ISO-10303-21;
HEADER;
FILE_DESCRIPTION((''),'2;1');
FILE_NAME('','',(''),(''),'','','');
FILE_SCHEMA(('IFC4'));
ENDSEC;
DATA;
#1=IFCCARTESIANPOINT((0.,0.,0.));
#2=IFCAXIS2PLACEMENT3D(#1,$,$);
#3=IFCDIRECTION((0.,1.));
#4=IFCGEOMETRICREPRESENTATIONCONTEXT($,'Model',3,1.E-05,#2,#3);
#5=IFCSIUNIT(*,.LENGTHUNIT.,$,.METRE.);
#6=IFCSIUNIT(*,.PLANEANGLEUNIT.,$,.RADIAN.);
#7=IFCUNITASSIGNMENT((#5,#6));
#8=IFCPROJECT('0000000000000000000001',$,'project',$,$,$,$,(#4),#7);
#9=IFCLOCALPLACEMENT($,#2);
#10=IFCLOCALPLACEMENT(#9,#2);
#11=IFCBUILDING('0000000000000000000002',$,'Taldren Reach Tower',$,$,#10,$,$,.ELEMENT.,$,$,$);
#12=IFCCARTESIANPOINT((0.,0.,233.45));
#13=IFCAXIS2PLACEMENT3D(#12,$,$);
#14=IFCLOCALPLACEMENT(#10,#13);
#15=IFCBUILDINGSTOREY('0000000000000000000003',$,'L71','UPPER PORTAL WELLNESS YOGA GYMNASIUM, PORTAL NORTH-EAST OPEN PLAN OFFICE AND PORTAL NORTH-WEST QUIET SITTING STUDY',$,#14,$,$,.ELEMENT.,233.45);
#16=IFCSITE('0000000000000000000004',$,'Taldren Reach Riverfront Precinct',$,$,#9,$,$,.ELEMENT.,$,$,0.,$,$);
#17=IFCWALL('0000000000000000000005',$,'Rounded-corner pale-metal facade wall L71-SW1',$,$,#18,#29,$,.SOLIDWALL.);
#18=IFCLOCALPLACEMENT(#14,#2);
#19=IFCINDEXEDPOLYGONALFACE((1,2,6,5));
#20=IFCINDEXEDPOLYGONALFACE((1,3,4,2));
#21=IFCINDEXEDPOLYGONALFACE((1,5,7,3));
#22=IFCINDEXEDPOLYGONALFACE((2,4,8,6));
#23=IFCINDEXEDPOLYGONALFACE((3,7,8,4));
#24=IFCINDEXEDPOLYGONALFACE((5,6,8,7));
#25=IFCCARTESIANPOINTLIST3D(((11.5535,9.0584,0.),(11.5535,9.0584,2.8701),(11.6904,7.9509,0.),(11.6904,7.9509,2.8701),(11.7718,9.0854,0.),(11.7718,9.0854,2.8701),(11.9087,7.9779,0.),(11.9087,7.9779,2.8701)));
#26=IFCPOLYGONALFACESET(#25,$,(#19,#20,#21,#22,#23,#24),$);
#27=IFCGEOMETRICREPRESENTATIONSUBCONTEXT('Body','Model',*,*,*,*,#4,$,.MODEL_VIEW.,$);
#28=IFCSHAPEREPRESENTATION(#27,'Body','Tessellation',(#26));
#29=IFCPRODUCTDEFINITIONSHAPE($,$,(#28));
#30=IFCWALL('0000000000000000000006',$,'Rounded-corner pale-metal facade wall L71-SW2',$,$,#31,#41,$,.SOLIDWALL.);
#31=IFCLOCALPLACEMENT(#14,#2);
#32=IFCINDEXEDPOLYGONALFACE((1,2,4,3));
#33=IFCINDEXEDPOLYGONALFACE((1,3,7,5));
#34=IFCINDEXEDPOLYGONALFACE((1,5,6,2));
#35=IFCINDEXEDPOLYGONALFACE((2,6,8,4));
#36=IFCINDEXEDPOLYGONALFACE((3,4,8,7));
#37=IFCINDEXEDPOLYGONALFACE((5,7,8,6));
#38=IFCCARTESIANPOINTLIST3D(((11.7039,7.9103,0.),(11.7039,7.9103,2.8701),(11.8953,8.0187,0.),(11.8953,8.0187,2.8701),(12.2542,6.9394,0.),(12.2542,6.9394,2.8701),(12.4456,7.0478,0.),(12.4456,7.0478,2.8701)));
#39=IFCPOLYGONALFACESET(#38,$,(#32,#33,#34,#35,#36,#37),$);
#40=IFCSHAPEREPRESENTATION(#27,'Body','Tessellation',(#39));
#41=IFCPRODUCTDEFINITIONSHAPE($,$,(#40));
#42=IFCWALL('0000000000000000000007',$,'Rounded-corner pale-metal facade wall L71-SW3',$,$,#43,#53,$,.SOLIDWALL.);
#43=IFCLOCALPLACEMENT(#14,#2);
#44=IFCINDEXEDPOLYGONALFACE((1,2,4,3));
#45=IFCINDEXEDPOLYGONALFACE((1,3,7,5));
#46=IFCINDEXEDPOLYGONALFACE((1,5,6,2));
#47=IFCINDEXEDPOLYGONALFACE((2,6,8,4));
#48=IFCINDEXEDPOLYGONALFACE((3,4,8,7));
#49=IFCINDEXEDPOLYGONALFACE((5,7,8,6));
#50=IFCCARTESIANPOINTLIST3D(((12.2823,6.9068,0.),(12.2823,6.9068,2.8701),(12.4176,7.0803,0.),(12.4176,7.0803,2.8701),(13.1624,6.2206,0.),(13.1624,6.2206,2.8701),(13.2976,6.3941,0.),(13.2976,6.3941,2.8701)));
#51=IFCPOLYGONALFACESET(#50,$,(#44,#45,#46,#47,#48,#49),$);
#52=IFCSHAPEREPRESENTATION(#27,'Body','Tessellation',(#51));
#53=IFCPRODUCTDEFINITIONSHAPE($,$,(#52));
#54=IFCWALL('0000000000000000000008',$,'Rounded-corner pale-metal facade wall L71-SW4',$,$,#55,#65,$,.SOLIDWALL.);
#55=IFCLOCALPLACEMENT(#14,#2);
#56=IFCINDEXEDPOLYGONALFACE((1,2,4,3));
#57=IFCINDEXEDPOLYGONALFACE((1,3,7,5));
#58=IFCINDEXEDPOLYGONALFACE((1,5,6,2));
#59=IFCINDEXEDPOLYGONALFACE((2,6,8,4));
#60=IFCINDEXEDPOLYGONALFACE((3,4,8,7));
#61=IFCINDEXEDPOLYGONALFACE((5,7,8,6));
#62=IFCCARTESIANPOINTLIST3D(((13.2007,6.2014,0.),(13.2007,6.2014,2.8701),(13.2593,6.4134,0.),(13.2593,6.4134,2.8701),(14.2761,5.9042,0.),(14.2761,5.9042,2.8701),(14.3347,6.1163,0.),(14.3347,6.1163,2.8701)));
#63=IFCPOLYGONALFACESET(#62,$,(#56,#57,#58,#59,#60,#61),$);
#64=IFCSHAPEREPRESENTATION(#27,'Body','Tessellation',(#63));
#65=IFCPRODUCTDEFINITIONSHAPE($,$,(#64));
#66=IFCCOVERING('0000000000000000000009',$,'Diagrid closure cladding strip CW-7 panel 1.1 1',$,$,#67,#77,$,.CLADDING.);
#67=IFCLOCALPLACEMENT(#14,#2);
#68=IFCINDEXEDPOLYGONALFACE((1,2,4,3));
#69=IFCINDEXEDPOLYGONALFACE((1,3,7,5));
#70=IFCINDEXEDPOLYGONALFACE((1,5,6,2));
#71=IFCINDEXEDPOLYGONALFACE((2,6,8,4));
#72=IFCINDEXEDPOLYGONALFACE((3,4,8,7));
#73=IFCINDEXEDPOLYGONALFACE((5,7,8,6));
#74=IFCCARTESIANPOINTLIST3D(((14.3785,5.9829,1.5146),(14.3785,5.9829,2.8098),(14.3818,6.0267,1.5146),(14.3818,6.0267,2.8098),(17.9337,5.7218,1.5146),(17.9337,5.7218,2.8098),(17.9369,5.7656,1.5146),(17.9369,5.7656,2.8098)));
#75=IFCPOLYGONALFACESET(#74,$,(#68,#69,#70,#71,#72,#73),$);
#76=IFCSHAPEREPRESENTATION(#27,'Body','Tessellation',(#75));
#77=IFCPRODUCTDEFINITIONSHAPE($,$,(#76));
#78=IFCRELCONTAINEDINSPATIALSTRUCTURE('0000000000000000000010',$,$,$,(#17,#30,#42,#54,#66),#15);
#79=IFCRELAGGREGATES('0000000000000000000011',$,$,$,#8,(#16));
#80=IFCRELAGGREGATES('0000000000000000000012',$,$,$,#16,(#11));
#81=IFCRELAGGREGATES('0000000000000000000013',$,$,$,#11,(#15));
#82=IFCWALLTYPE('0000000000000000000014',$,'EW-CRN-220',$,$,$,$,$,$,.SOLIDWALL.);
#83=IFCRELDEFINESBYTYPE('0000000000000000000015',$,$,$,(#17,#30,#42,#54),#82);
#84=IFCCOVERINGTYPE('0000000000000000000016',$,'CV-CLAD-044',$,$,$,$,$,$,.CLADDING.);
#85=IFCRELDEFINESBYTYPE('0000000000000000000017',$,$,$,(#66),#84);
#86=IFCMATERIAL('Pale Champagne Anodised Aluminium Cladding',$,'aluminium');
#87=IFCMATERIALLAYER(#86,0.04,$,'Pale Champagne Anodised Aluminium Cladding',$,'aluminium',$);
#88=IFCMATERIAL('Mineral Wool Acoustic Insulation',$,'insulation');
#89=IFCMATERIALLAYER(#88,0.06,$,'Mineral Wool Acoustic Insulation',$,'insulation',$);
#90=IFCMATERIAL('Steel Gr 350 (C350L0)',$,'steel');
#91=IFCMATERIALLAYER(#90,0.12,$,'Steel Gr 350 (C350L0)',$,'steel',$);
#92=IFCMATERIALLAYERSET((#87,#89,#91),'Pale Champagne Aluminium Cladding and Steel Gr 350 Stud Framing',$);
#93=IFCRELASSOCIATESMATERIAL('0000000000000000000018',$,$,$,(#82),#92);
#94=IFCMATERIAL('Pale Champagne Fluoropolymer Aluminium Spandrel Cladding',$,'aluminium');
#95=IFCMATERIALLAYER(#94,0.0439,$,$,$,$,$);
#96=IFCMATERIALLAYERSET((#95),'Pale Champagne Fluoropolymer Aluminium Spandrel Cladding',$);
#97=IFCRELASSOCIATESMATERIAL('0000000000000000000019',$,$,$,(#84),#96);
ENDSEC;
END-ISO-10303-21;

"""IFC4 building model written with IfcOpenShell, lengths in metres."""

from ifc_helpers import new_model, si_unit, direction, frame, frame_2d, origin, origin_2d, place, context, subcontext, project, spatial, rectangle, extrude, source, transform, mapped, material, layer, layer_set, type_object, element, save


model = new_model("IFC4")

# Units and contexts
model_context = context("Model", 3, precision=1e-05, world=origin(), true_north=direction((0.0, 1.0)))
body_context = subcontext(model_context, "Body", "Model", "MODEL_VIEW")
ifc_project = project(units=[si_unit("LENGTHUNIT", "METRE"), si_unit("PLANEANGLEUNIT", "RADIAN")], contexts=[model_context])

# Site, building, storey
site_placement = place(None, origin())
site = spatial("IfcSite", under=ifc_project, at=site_placement, Name="Taldren Reach Riverfront Precinct", CompositionType="ELEMENT", RefElevation=0.0)
building_placement = place(site_placement, origin())
building = spatial("IfcBuilding", under=site, at=building_placement, Name="Taldren Reach Tower", CompositionType="ELEMENT")
storey_placement = place(building_placement, frame((0.0, 0.0, 233.45)))
storey = spatial("IfcBuildingStorey", under=building, at=storey_placement, Name="L71", Description="UPPER PORTAL WELLNESS YOGA GYMNASIUM, PORTAL NORTH-EAST OPEN PLAN OFFICE AND PORTAL NORTH-WEST QUIET SITTING STUDY", CompositionType="ELEMENT", Elevation=233.45)

# Shared definitions
ifc_material_1 = material(Name="Steel Gr 350 (C350L0)", Category="steel")

# Walls
ifc_material_2 = material(Name="Pale Champagne Anodised Aluminium Cladding", Category="aluminium")
ifc_layer_1 = layer(ifc_material_2, 0.04, Name="Pale Champagne Anodised Aluminium Cladding", Category="aluminium")
ifc_material_3 = material(Name="Mineral Wool Acoustic Insulation", Category="insulation")
ifc_layer_2 = layer(ifc_material_3, 0.06, Name="Mineral Wool Acoustic Insulation", Category="insulation")
ifc_layer_3 = layer(ifc_material_1, 0.12, Name="Steel Gr 350 (C350L0)", Category="steel")
ifc_layer_set_1 = layer_set([ifc_layer_1, ifc_layer_2, ifc_layer_3], Name="Pale Champagne Aluminium Cladding and Steel Gr 350 Stud Framing")
wall_type = type_object("IfcWallType", Name="EW-CRN-220", PredefinedType="SOLIDWALL", material=ifc_layer_set_1)
shared_shape_1 = source(origin(), body_context, "Body", "SweptSolid", [
    extrude(rectangle(XDim=1.116, YDim=0.22, at=frame_2d((0.5581, 0.0))), origin(), (0.0, 0.0, 1.0), 2.8701),
])
for number, where, z_axis, x_axis, name in (
    (1, (11.6626, 9.072, 0.0), (0.0, 0.0, 1.0), (0.122742, -0.992439, 0.0), "Rounded-corner pale-metal facade wall L71-SW1"),
    (2, (11.7996, 7.9646, 0.0), (0.0, 0.0, 1.0), (0.493073, -0.869988, 0.0), "Rounded-corner pale-metal facade wall L71-SW2"),
    (3, (12.3499, 6.9937, 0.0), (0.0, 0.0, 1.0), (0.788598, -0.614909, 0.0), "Rounded-corner pale-metal facade wall L71-SW3"),
):
    element("IfcWall", number, at=place(storey_placement, frame(where, z_axis=z_axis, x_axis=x_axis)), inside=storey, type_object=wall_type, Name=name, PredefinedType="SOLIDWALL", context=body_context, shape_type="MappedRepresentation", body=[
        mapped(shared_shape_1, transform((0.0, 0.0, 0.0), scale=1.0)),
    ])
shared_shape_2 = source(origin(), body_context, "Body", "SweptSolid", [
    extrude(rectangle(XDim=1.1157, YDim=0.22, at=frame_2d((0.5579, 0.0))), origin(), (0.0, 0.0, 1.0), 2.8701),
])
wall_placement = place(storey_placement, frame((13.23, 6.3074, 0.0), z_axis=(0.0, 0.0, 1.0), x_axis=(0.96389, -0.266301, 0.0)))
element("IfcWall", 4, at=wall_placement, inside=storey, type_object=wall_type, Name="Rounded-corner pale-metal facade wall L71-SW4", PredefinedType="SOLIDWALL", context=body_context, shape_type="MappedRepresentation", body=[
    mapped(shared_shape_2, transform((0.0, 0.0, 0.0), scale=1.0)),
])

# Covering
ifc_material_4 = material(Name="Pale Champagne Fluoropolymer Aluminium Spandrel Cladding", Category="aluminium")
ifc_layer_4 = layer(ifc_material_4, 0.0439)
ifc_layer_set_2 = layer_set([ifc_layer_4], Name="Pale Champagne Fluoropolymer Aluminium Spandrel Cladding")
covering_type = type_object("IfcCoveringType", Name="CV-CLAD-044", PredefinedType="CLADDING", material=ifc_layer_set_2)
shared_shape_3 = source(origin(), body_context, "Body", "SweptSolid", [
    extrude(rectangle(XDim=3.5647, YDim=0.0439, at=origin_2d()), origin(), (0.0, 0.0, 1.0), 1.2952),
])
covering_placement = place(storey_placement, frame((16.1577, 5.8743, 1.5146), z_axis=(0.0, 0.0, 1.0), x_axis=(0.997314, -0.073238, 0.0)))
element("IfcCovering", 5, at=covering_placement, inside=storey, type_object=covering_type, Name="Diagrid closure cladding strip CW-7 panel 1.1 1", PredefinedType="CLADDING", context=body_context, shape_type="MappedRepresentation", body=[
    mapped(shared_shape_3, transform((0.0, 0.0, 0.0), scale=1.0)),
])

save(model, "model.ifc")
